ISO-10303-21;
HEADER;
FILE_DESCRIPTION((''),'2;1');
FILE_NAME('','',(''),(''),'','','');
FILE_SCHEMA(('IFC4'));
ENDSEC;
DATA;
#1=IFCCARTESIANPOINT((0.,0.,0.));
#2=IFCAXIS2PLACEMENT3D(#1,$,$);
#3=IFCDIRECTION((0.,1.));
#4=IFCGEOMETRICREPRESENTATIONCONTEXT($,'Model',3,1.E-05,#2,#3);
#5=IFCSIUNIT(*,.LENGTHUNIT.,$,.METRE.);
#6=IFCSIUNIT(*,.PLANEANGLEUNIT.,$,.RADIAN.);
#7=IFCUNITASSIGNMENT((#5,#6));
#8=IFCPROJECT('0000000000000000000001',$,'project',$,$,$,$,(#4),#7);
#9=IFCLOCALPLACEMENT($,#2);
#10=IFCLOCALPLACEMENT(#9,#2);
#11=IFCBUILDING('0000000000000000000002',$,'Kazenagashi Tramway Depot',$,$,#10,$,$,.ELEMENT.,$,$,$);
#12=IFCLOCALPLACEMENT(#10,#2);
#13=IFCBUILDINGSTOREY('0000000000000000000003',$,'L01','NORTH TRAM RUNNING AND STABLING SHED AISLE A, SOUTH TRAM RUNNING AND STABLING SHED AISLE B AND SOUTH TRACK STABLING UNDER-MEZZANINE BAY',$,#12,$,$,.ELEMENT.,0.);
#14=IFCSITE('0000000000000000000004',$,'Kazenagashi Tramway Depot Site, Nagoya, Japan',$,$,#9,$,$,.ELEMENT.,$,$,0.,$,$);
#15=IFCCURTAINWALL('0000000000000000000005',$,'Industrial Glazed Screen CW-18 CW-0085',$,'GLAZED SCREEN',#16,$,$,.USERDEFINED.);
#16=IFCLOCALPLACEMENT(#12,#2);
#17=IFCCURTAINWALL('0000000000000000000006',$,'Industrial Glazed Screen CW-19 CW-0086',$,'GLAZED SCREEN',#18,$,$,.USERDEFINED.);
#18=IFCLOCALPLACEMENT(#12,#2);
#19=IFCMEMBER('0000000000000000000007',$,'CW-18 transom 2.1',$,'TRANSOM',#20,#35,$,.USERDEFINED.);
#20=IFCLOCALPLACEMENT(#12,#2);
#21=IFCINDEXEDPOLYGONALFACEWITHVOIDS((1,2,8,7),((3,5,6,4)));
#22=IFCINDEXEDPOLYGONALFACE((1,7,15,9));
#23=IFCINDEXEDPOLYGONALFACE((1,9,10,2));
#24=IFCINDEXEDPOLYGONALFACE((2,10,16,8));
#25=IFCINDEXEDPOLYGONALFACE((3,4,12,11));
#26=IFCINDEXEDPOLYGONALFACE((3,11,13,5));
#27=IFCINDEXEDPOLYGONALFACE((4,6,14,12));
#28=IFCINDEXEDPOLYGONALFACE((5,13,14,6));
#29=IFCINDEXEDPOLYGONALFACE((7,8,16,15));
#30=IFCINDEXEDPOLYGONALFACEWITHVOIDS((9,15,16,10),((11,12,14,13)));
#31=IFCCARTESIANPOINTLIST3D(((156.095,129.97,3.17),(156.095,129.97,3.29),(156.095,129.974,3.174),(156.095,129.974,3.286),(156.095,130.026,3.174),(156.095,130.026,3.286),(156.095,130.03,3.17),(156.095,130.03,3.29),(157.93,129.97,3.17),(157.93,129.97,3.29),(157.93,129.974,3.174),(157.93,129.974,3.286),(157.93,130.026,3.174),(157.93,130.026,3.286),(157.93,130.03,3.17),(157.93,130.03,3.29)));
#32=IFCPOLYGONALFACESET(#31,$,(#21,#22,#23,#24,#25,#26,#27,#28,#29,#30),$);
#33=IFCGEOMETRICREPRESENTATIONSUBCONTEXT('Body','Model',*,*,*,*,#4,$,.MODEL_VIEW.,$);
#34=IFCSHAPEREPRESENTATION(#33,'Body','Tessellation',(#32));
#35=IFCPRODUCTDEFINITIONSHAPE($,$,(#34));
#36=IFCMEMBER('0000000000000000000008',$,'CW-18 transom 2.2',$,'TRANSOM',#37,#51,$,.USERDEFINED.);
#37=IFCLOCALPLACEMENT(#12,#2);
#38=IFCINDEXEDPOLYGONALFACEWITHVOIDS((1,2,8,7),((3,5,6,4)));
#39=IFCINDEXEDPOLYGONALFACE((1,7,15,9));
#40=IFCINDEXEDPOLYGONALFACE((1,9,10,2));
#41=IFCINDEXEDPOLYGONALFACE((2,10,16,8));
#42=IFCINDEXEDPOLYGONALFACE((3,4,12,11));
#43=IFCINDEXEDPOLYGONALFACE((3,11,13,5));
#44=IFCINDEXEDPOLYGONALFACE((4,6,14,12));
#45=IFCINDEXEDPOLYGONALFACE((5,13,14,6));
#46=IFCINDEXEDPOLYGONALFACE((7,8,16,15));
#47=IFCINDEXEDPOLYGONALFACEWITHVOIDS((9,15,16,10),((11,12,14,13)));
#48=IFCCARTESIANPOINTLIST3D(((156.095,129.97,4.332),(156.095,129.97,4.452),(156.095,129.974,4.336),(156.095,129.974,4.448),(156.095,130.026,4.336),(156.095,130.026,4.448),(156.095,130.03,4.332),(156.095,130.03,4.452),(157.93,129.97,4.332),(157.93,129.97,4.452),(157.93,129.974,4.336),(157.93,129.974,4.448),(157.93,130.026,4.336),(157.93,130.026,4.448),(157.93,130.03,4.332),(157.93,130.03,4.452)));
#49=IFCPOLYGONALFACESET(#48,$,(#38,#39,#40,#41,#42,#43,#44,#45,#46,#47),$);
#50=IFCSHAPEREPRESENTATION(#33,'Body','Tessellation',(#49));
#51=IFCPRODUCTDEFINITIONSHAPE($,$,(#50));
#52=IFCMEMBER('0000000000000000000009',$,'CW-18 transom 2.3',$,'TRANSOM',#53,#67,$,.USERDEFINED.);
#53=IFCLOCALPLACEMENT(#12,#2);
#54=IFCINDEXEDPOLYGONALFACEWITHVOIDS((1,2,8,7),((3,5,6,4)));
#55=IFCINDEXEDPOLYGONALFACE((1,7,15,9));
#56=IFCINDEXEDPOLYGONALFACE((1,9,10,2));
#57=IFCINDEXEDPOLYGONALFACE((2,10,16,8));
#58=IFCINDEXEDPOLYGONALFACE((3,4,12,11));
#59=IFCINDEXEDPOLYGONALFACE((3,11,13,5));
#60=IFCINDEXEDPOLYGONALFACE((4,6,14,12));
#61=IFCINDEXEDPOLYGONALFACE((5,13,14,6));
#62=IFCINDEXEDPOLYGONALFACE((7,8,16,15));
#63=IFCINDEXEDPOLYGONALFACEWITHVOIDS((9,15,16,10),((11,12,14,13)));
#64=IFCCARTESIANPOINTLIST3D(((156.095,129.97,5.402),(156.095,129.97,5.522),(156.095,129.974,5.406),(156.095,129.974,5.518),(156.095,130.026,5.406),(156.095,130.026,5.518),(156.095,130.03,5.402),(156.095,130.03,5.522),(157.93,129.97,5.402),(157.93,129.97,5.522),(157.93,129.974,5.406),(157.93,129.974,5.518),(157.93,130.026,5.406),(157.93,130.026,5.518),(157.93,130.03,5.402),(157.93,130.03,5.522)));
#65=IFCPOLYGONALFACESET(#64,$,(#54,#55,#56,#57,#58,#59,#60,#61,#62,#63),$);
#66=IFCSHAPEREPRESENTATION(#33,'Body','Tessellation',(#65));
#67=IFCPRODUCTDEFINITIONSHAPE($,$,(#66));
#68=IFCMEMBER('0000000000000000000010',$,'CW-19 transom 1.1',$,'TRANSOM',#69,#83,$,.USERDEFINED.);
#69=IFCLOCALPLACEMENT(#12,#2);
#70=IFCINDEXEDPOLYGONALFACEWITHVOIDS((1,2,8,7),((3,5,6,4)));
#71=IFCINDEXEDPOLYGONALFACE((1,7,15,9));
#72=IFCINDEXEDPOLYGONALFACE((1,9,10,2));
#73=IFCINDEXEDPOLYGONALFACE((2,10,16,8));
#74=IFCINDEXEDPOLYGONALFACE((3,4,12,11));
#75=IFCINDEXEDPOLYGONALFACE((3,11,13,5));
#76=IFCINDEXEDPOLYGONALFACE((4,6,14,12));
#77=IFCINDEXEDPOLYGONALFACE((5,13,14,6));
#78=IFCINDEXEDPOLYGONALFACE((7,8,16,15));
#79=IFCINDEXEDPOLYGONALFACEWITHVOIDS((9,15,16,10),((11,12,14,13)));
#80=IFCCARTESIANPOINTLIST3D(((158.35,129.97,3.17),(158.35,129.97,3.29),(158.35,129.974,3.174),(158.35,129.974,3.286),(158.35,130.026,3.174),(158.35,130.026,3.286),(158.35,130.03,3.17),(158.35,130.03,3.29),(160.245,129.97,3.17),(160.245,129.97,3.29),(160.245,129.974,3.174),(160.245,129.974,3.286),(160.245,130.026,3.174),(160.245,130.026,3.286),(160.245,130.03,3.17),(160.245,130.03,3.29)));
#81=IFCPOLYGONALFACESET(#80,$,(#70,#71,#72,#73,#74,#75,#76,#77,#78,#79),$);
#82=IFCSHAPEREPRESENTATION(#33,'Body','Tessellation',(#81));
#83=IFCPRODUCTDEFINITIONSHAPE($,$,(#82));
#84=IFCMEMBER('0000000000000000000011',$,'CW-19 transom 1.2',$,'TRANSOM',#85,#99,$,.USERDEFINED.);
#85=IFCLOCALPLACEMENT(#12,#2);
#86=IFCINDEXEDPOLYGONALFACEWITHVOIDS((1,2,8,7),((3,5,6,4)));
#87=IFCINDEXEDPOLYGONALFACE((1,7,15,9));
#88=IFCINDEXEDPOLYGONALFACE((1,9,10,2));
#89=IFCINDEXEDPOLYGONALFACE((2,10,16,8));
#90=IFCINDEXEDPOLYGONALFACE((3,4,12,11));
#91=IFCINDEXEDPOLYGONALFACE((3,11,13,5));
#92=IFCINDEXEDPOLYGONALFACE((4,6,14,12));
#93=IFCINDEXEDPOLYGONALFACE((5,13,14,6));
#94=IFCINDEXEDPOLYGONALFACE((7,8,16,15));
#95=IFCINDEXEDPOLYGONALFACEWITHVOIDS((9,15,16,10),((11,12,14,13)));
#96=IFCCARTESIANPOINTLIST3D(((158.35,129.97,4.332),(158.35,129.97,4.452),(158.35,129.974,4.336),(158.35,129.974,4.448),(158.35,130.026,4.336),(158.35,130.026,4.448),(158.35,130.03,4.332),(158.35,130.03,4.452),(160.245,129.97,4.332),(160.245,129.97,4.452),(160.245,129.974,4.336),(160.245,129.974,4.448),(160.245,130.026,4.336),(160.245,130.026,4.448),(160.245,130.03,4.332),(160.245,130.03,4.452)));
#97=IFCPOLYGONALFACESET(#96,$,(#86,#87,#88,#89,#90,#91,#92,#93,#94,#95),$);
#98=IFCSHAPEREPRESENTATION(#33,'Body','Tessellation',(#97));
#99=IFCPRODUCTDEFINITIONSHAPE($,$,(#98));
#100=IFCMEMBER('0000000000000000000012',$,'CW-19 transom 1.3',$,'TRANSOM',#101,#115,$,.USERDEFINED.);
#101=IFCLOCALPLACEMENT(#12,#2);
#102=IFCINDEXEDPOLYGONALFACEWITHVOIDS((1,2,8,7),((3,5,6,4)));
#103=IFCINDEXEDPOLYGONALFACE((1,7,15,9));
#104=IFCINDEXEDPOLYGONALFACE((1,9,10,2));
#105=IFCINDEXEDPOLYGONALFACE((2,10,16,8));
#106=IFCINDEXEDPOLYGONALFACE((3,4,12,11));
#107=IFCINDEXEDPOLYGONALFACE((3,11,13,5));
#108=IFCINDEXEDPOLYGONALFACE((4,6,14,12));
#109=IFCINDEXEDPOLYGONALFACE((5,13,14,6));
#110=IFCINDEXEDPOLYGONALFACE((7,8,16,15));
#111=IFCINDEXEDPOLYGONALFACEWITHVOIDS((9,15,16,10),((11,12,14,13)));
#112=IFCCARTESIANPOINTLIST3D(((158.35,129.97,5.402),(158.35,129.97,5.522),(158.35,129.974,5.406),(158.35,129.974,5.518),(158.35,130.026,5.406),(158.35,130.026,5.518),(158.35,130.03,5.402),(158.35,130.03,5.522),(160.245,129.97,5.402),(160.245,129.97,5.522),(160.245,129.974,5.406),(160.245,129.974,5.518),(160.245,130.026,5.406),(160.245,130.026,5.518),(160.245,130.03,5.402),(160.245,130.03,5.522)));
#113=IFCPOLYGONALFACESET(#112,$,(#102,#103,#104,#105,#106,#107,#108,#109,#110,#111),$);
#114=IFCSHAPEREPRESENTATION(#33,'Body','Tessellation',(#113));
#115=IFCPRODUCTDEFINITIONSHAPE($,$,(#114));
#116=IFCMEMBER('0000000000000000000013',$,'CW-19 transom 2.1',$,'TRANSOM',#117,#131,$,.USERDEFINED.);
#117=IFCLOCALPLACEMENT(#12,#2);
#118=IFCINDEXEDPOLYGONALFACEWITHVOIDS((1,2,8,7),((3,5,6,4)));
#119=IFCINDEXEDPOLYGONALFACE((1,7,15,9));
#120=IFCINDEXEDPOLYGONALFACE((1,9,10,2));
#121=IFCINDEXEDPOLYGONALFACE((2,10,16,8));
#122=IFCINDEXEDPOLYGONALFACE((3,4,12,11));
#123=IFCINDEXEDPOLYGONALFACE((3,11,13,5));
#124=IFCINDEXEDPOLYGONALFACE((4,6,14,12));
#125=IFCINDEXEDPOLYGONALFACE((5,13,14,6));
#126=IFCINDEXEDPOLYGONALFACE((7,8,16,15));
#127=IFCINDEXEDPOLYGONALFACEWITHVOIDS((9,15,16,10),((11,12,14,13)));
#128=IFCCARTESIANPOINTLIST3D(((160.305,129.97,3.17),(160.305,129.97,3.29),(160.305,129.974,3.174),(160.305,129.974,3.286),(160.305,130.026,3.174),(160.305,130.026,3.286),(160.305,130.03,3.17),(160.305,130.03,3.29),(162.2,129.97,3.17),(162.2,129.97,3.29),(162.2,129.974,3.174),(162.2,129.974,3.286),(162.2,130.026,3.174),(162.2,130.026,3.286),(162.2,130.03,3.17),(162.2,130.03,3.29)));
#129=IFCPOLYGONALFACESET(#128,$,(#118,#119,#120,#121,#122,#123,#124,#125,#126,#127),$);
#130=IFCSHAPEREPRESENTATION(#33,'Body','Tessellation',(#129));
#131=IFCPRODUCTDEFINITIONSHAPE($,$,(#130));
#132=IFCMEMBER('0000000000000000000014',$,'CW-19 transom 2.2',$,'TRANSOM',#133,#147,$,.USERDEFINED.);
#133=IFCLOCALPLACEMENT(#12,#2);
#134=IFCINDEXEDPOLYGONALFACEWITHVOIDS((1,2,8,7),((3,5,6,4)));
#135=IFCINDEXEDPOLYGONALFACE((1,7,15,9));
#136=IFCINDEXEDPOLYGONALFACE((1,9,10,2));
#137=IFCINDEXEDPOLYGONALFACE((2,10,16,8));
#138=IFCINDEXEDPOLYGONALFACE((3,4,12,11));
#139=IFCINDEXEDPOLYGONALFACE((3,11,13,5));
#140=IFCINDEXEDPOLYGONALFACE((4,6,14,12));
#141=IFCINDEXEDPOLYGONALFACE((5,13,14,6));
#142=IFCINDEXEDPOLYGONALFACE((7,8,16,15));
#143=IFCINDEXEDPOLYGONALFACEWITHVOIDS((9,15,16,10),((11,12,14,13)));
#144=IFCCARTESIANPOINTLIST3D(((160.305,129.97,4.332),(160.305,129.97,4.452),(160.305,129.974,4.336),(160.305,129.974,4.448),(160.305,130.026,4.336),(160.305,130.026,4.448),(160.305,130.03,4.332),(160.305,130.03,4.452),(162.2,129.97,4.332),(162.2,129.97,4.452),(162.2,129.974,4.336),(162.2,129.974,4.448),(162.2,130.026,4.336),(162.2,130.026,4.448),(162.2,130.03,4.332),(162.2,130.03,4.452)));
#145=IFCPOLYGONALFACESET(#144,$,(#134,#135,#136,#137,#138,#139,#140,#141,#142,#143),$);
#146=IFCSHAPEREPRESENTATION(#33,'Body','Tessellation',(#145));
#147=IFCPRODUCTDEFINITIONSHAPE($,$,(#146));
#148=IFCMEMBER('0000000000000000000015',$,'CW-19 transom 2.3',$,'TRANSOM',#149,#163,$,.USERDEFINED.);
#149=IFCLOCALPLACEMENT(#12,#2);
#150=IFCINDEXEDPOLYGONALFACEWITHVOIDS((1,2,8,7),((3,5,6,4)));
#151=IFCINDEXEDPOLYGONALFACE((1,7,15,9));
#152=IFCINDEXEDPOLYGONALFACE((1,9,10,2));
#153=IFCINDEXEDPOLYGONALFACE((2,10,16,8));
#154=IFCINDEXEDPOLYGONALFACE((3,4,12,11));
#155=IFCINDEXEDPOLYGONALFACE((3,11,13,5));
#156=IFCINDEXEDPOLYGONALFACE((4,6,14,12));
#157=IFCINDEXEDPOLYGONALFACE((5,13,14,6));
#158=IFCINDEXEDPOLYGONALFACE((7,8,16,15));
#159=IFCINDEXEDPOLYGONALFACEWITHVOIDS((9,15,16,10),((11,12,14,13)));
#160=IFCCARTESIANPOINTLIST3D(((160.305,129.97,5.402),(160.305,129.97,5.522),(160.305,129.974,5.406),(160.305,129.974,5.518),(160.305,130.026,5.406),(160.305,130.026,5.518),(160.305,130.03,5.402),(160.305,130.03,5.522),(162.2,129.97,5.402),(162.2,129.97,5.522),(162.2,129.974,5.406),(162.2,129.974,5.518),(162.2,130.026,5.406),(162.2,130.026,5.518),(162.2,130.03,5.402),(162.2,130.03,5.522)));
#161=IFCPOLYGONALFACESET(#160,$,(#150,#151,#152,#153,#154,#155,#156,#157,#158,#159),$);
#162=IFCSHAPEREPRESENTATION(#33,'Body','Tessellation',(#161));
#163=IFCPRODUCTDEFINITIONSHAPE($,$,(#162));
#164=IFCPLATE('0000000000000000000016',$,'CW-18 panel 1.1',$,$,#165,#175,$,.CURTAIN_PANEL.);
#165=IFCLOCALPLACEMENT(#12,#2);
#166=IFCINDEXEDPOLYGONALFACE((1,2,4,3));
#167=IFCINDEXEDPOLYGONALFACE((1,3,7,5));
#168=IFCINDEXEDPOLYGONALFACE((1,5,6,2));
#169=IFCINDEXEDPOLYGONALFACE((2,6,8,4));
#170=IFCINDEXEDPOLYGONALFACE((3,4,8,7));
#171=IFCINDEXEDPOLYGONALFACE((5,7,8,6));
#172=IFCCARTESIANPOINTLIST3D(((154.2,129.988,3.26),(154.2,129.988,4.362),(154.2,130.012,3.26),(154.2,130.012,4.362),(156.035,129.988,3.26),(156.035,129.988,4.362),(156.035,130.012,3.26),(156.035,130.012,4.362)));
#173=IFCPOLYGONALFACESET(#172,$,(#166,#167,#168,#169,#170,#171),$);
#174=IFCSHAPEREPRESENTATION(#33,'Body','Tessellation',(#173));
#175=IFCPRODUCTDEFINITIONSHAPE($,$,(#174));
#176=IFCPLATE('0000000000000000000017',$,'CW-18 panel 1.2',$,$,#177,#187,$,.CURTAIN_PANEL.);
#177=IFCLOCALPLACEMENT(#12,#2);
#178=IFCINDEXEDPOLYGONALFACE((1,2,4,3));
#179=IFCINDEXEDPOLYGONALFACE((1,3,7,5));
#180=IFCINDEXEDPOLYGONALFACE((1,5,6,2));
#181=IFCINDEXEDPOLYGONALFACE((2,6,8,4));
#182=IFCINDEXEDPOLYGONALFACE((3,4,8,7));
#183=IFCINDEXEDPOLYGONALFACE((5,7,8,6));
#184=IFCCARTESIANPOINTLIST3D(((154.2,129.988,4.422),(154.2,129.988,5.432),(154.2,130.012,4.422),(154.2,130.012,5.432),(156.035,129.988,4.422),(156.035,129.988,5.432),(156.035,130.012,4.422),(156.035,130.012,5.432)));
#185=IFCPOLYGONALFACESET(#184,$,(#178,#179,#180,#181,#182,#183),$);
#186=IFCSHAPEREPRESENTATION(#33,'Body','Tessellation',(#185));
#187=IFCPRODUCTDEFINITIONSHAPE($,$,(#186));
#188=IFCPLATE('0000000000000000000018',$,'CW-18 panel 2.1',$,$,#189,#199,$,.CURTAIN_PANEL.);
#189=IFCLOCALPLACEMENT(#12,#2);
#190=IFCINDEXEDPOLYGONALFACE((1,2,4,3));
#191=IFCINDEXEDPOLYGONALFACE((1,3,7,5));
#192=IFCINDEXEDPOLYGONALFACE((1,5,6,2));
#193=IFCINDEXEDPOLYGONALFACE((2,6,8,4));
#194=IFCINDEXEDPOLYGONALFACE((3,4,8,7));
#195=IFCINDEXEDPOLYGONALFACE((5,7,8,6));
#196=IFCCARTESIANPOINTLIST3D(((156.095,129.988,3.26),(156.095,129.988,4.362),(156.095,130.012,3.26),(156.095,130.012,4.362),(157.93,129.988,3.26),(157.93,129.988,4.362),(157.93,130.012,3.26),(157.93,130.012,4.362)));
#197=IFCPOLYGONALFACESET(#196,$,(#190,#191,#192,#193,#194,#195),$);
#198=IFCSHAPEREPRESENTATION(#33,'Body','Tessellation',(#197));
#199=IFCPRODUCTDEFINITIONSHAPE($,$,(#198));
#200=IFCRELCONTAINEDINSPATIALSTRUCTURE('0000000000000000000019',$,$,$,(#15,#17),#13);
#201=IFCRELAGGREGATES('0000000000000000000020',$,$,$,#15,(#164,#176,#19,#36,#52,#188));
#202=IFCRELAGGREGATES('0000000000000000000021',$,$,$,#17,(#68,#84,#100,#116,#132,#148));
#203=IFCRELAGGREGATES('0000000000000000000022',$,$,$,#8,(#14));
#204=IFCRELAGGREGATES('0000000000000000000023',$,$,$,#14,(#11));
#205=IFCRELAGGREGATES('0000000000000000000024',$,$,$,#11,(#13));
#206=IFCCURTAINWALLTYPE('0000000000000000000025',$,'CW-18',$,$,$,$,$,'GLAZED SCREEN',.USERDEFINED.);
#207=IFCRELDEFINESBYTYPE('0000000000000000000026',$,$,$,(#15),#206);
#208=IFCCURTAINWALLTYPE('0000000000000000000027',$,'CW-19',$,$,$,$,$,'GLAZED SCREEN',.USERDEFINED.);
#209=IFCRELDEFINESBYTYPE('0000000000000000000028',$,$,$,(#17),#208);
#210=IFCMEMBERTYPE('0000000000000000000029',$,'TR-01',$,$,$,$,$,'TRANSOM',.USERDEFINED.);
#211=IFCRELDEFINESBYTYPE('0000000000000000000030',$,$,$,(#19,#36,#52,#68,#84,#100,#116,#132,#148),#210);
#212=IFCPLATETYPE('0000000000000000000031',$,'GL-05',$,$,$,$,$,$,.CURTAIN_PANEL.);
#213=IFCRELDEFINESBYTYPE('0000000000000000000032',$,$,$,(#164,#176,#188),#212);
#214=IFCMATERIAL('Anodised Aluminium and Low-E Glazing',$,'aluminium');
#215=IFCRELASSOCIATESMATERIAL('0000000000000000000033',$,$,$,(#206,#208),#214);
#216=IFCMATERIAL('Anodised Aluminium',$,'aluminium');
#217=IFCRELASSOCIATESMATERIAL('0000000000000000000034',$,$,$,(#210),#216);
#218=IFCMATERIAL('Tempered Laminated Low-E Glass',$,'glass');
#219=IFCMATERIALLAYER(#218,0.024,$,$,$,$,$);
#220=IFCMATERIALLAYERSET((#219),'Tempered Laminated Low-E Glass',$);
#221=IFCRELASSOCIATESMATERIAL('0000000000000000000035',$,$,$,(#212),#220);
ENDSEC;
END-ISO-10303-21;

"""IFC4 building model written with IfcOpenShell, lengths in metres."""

from ifc_helpers import new_model, si_unit, direction, frame, origin, origin_2d, place, context, subcontext, project, spatial, rectangle, hollow_rectangle, extrude, material, layer, layer_set, material_profile, profile_set, type_object, element, aggregate, save


model = new_model("IFC4")

# Units and contexts
model_context = context("Model", 3, precision=1e-05, world=origin(), true_north=direction((0.0, 1.0)))
body_context = subcontext(model_context, "Body", "Model", "MODEL_VIEW")
ifc_project = project(units=[si_unit("LENGTHUNIT", "METRE"), si_unit("PLANEANGLEUNIT", "RADIAN")], contexts=[model_context])

# Site, building, storey
site_placement = place(None, origin())
site = spatial("IfcSite", under=ifc_project, at=site_placement, Name="Kazenagashi Tramway Depot Site, Nagoya, Japan", CompositionType="ELEMENT", RefElevation=0.0)
building_placement = place(site_placement, origin())
building = spatial("IfcBuilding", under=site, at=building_placement, Name="Kazenagashi Tramway Depot", CompositionType="ELEMENT")
storey_placement = place(building_placement, origin())
storey = spatial("IfcBuildingStorey", under=building, at=storey_placement, Name="L01", Description="NORTH TRAM RUNNING AND STABLING SHED AISLE A, SOUTH TRAM RUNNING AND STABLING SHED AISLE B AND SOUTH TRACK STABLING UNDER-MEZZANINE BAY", CompositionType="ELEMENT", Elevation=0.0)

# Curtain walls
ifc_material_1 = material(Name="Anodised Aluminium and Low-E Glazing", Category="aluminium")
curtain_wall_type_1 = type_object("IfcCurtainWallType", Name="CW-18", ElementType="GLAZED SCREEN", PredefinedType="USERDEFINED", material=ifc_material_1)
curtain_wall_1_placement = place(storey_placement, origin())
curtain_wall_1 = element("IfcCurtainWall", 1, at=curtain_wall_1_placement, inside=storey, type_object=curtain_wall_type_1, Name="Industrial Glazed Screen CW-18 CW-0085", ObjectType="GLAZED SCREEN", PredefinedType="USERDEFINED")
ifc_material_2 = material(Name="Anodised Aluminium", Category="aluminium")
curtain_wall_type_2 = type_object("IfcCurtainWallType", Name="CW-19", ElementType="GLAZED SCREEN", PredefinedType="USERDEFINED", material=ifc_material_1)
curtain_wall_2_placement = place(storey_placement, origin())
curtain_wall_2 = element("IfcCurtainWall", 2, at=curtain_wall_2_placement, inside=storey, type_object=curtain_wall_type_2, Name="Industrial Glazed Screen CW-19 CW-0086", ObjectType="GLAZED SCREEN", PredefinedType="USERDEFINED")

# Members
ifc_material_profile_1 = material_profile(ifc_material_2, hollow_rectangle(XDim=0.06, YDim=0.12, WallThickness=0.004, at=origin_2d()), Name="RHS-120x60x4")
ifc_profile_set_1 = profile_set([ifc_material_profile_1], Name="Anodised Aluminium")
member_type_1 = type_object("IfcMemberType", Name="TR-01", ElementType="TRANSOM", PredefinedType="USERDEFINED", material=ifc_profile_set_1)
member_1_placement = place(storey_placement, frame((156.095, 130.0, 3.23), z_axis=(1.0, 0.0, 0.0), x_axis=(0.0, 1.0, 0.0)))
member_1 = element("IfcMember", 3, at=member_1_placement, type_object=member_type_1, Name="CW-18 transom 2.1", ObjectType="TRANSOM", PredefinedType="USERDEFINED", context=body_context, shape_type="SweptSolid", body=[
    extrude(hollow_rectangle(XDim=0.06, YDim=0.12, WallThickness=0.004, at=origin_2d()), origin(), (0.0, 0.0, 1.0), 1.835),
])
member_2_placement = place(storey_placement, frame((156.095, 130.0, 4.392), z_axis=(1.0, 0.0, 0.0), x_axis=(0.0, 1.0, 0.0)))
member_2 = element("IfcMember", 4, at=member_2_placement, type_object=member_type_1, Name="CW-18 transom 2.2", ObjectType="TRANSOM", PredefinedType="USERDEFINED", context=body_context, shape_type="SweptSolid", body=[
    extrude(hollow_rectangle(XDim=0.06, YDim=0.12, WallThickness=0.004, at=origin_2d()), origin(), (0.0, 0.0, 1.0), 1.835),
])
member_3_placement = place(storey_placement, frame((156.095, 130.0, 5.462), z_axis=(1.0, 0.0, 0.0), x_axis=(0.0, 1.0, 0.0)))
member_3 = element("IfcMember", 5, at=member_3_placement, type_object=member_type_1, Name="CW-18 transom 2.3", ObjectType="TRANSOM", PredefinedType="USERDEFINED", context=body_context, shape_type="SweptSolid", body=[
    extrude(hollow_rectangle(XDim=0.06, YDim=0.12, WallThickness=0.004, at=origin_2d()), origin(), (0.0, 0.0, 1.0), 1.835),
])
member_4_placement = place(storey_placement, frame((158.35, 130.0, 3.23), z_axis=(1.0, 0.0, 0.0), x_axis=(0.0, 1.0, 0.0)))
member_4 = element("IfcMember", 6, at=member_4_placement, type_object=member_type_1, Name="CW-19 transom 1.1", ObjectType="TRANSOM", PredefinedType="USERDEFINED", context=body_context, shape_type="SweptSolid", body=[
    extrude(hollow_rectangle(XDim=0.06, YDim=0.12, WallThickness=0.004, at=origin_2d()), origin(), (0.0, 0.0, 1.0), 1.895),
])
member_5_placement = place(storey_placement, frame((158.35, 130.0, 4.392), z_axis=(1.0, 0.0, 0.0), x_axis=(0.0, 1.0, 0.0)))
member_5 = element("IfcMember", 7, at=member_5_placement, type_object=member_type_1, Name="CW-19 transom 1.2", ObjectType="TRANSOM", PredefinedType="USERDEFINED", context=body_context, shape_type="SweptSolid", body=[
    extrude(hollow_rectangle(XDim=0.06, YDim=0.12, WallThickness=0.004, at=origin_2d()), origin(), (0.0, 0.0, 1.0), 1.895),
])
member_6_placement = place(storey_placement, frame((158.35, 130.0, 5.462), z_axis=(1.0, 0.0, 0.0), x_axis=(0.0, 1.0, 0.0)))
member_6 = element("IfcMember", 8, at=member_6_placement, type_object=member_type_1, Name="CW-19 transom 1.3", ObjectType="TRANSOM", PredefinedType="USERDEFINED", context=body_context, shape_type="SweptSolid", body=[
    extrude(hollow_rectangle(XDim=0.06, YDim=0.12, WallThickness=0.004, at=origin_2d()), origin(), (0.0, 0.0, 1.0), 1.895),
])
member_7_placement = place(storey_placement, frame((160.305, 130.0, 3.23), z_axis=(1.0, 0.0, 0.0), x_axis=(0.0, 1.0, 0.0)))
member_7 = element("IfcMember", 9, at=member_7_placement, type_object=member_type_1, Name="CW-19 transom 2.1", ObjectType="TRANSOM", PredefinedType="USERDEFINED", context=body_context, shape_type="SweptSolid", body=[
    extrude(hollow_rectangle(XDim=0.06, YDim=0.12, WallThickness=0.004, at=origin_2d()), origin(), (0.0, 0.0, 1.0), 1.895),
])
member_8_placement = place(storey_placement, frame((160.305, 130.0, 4.392), z_axis=(1.0, 0.0, 0.0), x_axis=(0.0, 1.0, 0.0)))
member_8 = element("IfcMember", 10, at=member_8_placement, type_object=member_type_1, Name="CW-19 transom 2.2", ObjectType="TRANSOM", PredefinedType="USERDEFINED", context=body_context, shape_type="SweptSolid", body=[
    extrude(hollow_rectangle(XDim=0.06, YDim=0.12, WallThickness=0.004, at=origin_2d()), origin(), (0.0, 0.0, 1.0), 1.895),
])
member_9_placement = place(storey_placement, frame((160.305, 130.0, 5.462), z_axis=(1.0, 0.0, 0.0), x_axis=(0.0, 1.0, 0.0)))
member_9 = element("IfcMember", 11, at=member_9_placement, type_object=member_type_1, Name="CW-19 transom 2.3", ObjectType="TRANSOM", PredefinedType="USERDEFINED", context=body_context, shape_type="SweptSolid", body=[
    extrude(hollow_rectangle(XDim=0.06, YDim=0.12, WallThickness=0.004, at=origin_2d()), origin(), (0.0, 0.0, 1.0), 1.895),
])

# Plates
ifc_material_3 = material(Name="Tempered Laminated Low-E Glass", Category="glass")
ifc_layer_1 = layer(ifc_material_3, 0.024)
ifc_layer_set_1 = layer_set([ifc_layer_1], Name="Tempered Laminated Low-E Glass")
plate_type_1 = type_object("IfcPlateType", Name="GL-05", PredefinedType="CURTAIN_PANEL", material=ifc_layer_set_1)
plate_1_placement = place(storey_placement, frame((155.1175, 130.0, 3.26), z_axis=(0.0, 0.0, 1.0), x_axis=(1.0, 0.0, 0.0)))
plate_1 = element("IfcPlate", 12, at=plate_1_placement, type_object=plate_type_1, Name="CW-18 panel 1.1", PredefinedType="CURTAIN_PANEL", context=body_context, shape_type="SweptSolid", body=[
    extrude(rectangle(XDim=1.835, YDim=0.024, at=origin_2d()), origin(), (0.0, 0.0, 1.0), 1.102),
])
plate_2_placement = place(storey_placement, frame((155.1175, 130.0, 4.422), z_axis=(0.0, 0.0, 1.0), x_axis=(1.0, 0.0, 0.0)))
plate_2 = element("IfcPlate", 13, at=plate_2_placement, type_object=plate_type_1, Name="CW-18 panel 1.2", PredefinedType="CURTAIN_PANEL", context=body_context, shape_type="SweptSolid", body=[
    extrude(rectangle(XDim=1.835, YDim=0.024, at=origin_2d()), origin(), (0.0, 0.0, 1.0), 1.01),
])
plate_3_placement = place(storey_placement, frame((157.0125, 130.0, 3.26), z_axis=(0.0, 0.0, 1.0), x_axis=(1.0, 0.0, 0.0)))
plate_3 = element("IfcPlate", 14, at=plate_3_placement, type_object=plate_type_1, Name="CW-18 panel 2.1", PredefinedType="CURTAIN_PANEL", context=body_context, shape_type="SweptSolid", body=[
    extrude(rectangle(XDim=1.835, YDim=0.024, at=origin_2d()), origin(), (0.0, 0.0, 1.0), 1.102),
])
aggregate(curtain_wall_1, [plate_1, plate_2, member_1, member_2, member_3, plate_3])
aggregate(curtain_wall_2, [member_4, member_5, member_6, member_7, member_8, member_9])

save(model, "model.ifc")
